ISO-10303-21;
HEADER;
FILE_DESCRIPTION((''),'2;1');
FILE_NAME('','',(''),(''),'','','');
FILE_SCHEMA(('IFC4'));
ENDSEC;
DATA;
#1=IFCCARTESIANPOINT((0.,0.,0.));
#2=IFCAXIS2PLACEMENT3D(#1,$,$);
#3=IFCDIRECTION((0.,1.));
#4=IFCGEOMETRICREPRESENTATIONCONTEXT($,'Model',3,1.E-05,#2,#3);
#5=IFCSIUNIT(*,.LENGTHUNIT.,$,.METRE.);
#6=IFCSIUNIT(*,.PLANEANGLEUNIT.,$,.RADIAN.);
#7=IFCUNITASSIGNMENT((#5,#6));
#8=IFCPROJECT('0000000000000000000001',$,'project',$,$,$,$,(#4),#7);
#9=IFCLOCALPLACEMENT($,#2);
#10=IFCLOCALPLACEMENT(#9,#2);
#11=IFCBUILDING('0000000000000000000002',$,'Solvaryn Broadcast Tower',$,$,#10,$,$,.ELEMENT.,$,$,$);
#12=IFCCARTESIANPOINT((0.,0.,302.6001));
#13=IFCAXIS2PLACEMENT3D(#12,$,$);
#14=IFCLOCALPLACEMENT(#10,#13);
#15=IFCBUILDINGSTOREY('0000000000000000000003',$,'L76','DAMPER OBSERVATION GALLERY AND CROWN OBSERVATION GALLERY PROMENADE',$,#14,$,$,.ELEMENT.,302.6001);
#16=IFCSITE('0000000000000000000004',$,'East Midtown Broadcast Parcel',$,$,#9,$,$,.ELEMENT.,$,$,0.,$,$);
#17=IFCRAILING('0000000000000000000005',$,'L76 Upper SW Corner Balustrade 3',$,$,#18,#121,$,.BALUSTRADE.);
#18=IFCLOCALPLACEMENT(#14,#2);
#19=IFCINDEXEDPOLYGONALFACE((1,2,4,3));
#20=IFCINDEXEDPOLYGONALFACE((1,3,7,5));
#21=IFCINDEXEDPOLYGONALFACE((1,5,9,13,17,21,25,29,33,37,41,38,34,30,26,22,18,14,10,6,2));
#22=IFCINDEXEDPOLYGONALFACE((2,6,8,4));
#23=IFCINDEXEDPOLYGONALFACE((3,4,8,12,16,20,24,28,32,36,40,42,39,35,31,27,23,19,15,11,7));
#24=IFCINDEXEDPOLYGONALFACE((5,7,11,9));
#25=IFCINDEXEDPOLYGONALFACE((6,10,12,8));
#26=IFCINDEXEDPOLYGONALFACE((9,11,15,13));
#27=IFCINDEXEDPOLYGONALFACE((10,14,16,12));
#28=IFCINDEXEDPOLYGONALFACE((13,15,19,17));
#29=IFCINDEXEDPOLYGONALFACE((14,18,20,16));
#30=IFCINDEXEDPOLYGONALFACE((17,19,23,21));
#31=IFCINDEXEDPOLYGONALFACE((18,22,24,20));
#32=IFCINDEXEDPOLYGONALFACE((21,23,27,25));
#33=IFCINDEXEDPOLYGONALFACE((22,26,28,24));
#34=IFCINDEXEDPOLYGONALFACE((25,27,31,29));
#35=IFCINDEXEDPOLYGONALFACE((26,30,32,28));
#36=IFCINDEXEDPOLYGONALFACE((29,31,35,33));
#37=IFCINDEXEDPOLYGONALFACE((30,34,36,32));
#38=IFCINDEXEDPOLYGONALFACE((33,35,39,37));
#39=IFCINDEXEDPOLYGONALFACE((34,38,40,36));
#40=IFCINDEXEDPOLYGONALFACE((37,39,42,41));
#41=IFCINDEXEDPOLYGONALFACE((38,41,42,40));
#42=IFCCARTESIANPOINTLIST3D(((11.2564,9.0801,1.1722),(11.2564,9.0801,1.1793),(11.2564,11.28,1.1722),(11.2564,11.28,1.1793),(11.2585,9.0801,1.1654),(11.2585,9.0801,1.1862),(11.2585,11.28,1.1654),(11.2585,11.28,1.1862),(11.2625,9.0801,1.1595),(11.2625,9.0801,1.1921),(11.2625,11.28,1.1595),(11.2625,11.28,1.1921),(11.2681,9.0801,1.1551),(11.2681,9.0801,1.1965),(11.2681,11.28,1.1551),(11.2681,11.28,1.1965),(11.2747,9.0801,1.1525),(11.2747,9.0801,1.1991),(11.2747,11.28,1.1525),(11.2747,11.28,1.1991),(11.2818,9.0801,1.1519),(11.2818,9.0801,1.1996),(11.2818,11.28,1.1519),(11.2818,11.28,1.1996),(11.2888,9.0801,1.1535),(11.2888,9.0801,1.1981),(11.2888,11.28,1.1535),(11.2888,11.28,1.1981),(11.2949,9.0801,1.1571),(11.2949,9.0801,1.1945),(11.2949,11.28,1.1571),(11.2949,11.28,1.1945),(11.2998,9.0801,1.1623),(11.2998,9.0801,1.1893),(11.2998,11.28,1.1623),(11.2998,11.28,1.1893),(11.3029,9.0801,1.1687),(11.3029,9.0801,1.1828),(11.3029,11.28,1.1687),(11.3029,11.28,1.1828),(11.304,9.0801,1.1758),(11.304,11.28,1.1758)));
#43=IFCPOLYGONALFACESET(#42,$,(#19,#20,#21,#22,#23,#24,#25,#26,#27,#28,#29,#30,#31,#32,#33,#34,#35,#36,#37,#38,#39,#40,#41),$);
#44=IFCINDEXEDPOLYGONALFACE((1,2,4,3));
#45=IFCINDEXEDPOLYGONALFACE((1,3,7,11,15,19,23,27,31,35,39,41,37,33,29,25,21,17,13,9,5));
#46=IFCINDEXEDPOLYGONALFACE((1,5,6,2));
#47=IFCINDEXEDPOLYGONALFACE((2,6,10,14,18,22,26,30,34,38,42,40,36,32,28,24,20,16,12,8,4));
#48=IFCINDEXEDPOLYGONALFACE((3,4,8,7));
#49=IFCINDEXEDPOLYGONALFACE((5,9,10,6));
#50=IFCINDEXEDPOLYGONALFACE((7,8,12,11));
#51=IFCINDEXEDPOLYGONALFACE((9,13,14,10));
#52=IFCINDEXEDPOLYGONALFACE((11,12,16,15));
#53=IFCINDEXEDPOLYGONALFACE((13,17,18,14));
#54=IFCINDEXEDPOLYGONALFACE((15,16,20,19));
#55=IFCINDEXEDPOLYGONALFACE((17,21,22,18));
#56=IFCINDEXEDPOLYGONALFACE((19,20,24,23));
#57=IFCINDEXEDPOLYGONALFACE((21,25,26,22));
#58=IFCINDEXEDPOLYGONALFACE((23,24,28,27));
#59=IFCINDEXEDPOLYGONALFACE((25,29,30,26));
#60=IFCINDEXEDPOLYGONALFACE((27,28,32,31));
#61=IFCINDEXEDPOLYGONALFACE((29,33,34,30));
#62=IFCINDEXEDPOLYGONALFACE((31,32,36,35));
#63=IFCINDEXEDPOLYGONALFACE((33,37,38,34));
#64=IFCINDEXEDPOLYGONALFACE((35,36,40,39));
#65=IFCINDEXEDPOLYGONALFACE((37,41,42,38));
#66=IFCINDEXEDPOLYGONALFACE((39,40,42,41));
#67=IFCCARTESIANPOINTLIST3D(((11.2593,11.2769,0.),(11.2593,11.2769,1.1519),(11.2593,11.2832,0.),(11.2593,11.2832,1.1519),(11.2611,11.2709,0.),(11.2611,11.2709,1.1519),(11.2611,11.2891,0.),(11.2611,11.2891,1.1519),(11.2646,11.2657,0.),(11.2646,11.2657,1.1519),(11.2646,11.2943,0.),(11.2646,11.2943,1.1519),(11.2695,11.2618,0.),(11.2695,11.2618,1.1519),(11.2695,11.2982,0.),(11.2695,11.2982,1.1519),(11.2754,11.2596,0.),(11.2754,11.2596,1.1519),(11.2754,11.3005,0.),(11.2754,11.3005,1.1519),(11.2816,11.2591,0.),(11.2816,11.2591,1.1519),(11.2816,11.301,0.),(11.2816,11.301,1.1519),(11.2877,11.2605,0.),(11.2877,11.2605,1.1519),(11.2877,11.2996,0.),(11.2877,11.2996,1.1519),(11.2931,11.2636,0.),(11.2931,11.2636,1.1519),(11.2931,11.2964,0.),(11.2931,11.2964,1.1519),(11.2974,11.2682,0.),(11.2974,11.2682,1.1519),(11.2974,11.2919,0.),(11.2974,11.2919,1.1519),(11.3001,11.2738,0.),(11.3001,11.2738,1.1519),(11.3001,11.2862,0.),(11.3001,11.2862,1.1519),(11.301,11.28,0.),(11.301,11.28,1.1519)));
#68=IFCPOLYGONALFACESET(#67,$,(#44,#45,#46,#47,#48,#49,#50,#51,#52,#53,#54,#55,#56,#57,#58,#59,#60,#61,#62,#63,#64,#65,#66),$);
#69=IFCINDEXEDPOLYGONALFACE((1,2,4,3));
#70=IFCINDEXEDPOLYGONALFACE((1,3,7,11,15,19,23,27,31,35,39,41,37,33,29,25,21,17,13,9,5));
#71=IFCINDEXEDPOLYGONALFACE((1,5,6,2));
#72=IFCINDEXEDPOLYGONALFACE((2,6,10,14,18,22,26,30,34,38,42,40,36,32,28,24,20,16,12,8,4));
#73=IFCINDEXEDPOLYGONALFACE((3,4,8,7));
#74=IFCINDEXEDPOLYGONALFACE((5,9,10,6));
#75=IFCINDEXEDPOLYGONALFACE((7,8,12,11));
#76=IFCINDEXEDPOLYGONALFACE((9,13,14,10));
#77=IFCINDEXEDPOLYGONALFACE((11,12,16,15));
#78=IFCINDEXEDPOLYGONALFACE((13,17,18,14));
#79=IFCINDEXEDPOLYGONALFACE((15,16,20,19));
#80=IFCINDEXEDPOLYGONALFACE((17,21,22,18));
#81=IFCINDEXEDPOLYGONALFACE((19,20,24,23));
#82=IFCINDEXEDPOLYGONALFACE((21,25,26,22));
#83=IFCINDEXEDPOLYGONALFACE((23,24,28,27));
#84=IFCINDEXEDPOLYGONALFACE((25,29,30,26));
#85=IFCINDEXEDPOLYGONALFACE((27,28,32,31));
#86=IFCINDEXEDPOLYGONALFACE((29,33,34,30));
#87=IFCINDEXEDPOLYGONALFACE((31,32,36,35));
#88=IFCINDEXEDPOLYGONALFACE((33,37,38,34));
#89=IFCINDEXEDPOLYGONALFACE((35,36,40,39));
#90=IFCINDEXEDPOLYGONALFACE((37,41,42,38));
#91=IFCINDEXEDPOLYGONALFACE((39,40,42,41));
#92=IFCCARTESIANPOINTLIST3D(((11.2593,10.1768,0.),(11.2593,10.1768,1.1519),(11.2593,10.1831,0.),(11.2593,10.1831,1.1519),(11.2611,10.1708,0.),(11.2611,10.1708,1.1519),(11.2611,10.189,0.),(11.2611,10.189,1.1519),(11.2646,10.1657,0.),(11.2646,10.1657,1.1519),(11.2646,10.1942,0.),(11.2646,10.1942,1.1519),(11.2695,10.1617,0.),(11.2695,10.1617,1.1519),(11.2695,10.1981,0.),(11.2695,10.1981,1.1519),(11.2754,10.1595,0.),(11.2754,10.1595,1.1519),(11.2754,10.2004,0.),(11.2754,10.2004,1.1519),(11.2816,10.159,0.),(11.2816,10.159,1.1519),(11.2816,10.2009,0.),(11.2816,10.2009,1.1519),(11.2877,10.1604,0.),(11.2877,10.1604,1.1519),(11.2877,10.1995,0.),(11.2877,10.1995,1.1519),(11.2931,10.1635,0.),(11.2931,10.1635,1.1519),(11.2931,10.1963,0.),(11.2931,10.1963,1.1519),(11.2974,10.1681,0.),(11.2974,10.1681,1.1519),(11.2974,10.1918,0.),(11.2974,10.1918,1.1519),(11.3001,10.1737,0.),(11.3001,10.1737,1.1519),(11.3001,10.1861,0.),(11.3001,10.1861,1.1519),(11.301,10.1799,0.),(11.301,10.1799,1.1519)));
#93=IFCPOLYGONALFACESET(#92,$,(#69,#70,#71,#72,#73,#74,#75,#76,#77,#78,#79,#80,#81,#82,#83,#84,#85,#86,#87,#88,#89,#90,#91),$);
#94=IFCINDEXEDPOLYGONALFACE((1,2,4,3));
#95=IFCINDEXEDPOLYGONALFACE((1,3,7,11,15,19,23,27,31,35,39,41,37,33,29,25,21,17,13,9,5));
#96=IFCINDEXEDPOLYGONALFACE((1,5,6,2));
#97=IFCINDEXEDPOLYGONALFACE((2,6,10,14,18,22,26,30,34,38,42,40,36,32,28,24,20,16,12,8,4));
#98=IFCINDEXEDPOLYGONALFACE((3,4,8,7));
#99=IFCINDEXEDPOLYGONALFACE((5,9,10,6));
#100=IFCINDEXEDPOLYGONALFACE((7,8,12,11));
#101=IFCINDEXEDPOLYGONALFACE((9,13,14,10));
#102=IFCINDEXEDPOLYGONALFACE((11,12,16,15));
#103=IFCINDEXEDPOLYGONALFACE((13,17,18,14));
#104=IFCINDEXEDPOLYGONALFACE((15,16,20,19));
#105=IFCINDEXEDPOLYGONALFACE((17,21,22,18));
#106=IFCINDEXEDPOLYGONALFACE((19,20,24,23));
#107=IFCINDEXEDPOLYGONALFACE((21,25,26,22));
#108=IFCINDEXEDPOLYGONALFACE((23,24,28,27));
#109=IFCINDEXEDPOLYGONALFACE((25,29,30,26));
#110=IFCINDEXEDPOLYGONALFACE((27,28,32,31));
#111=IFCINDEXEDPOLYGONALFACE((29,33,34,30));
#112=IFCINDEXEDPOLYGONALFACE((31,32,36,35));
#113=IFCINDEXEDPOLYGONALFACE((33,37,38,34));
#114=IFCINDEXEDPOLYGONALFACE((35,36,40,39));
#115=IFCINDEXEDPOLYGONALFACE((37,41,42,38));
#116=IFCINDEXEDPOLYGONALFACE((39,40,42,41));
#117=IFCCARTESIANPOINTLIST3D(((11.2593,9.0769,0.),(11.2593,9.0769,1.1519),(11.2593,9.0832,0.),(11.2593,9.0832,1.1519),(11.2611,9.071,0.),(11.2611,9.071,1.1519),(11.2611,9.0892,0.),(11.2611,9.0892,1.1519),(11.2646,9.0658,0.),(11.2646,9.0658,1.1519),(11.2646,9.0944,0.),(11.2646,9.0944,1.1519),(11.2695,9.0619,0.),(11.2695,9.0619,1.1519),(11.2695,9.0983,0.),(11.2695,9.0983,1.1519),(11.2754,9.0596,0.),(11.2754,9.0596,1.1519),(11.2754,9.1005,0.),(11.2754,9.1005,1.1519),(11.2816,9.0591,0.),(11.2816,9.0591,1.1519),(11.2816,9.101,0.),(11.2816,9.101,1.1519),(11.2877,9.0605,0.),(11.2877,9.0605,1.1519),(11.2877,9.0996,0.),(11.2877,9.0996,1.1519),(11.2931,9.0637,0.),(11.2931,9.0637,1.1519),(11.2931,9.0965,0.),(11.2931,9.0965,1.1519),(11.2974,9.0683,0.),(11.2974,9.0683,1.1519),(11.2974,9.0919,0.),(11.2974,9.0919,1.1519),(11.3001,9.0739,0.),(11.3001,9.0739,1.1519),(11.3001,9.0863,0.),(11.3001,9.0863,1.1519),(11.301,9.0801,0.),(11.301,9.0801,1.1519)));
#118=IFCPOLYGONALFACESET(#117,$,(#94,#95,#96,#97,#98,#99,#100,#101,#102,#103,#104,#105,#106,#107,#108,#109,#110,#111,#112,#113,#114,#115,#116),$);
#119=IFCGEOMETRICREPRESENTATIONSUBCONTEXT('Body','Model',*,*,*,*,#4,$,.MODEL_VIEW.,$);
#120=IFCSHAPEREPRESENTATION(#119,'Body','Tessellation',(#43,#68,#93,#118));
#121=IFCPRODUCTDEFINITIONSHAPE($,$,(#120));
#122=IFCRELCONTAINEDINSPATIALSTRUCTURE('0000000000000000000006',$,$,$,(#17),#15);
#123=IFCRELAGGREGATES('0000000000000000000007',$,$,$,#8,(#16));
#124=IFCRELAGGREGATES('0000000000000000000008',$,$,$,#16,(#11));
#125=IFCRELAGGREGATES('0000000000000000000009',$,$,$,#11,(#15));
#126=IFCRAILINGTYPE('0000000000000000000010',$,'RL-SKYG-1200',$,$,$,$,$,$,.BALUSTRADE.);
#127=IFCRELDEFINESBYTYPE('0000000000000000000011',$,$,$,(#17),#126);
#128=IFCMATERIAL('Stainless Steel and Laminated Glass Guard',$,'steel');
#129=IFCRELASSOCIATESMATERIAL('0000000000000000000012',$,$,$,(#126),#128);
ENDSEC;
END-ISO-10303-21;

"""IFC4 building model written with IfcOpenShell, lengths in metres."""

from ifc_helpers import new_model, si_unit, direction, frame, origin, origin_2d, place, context, subcontext, project, spatial, circle, extrude, material, type_object, element, save


model = new_model("IFC4")

# Units and contexts
model_context = context("Model", 3, precision=1e-05, world=origin(), true_north=direction((0.0, 1.0)))
body_context = subcontext(model_context, "Body", "Model", "MODEL_VIEW")
ifc_project = project(units=[si_unit("LENGTHUNIT", "METRE"), si_unit("PLANEANGLEUNIT", "RADIAN")], contexts=[model_context])

# Site, building, storey
site_placement = place(None, origin())
site = spatial("IfcSite", under=ifc_project, at=site_placement, Name="East Midtown Broadcast Parcel", CompositionType="ELEMENT", RefElevation=0.0)
building_placement = place(site_placement, origin())
building = spatial("IfcBuilding", under=site, at=building_placement, Name="Solvaryn Broadcast Tower", CompositionType="ELEMENT")
storey_placement = place(building_placement, frame((0.0, 0.0, 302.6001)))
storey = spatial("IfcBuildingStorey", under=building, at=storey_placement, Name="L76", Description="DAMPER OBSERVATION GALLERY AND CROWN OBSERVATION GALLERY PROMENADE", CompositionType="ELEMENT", Elevation=302.6001)

# Railing
ifc_material_1 = material(Name="Stainless Steel and Laminated Glass Guard", Category="steel")
railing_type = type_object("IfcRailingType", Name="RL-SKYG-1200", PredefinedType="BALUSTRADE", material=ifc_material_1)
railing_1_placement = place(storey_placement, frame((11.28, 11.28, 0.0)))
element("IfcRailing", 1, at=railing_1_placement, inside=storey, type_object=railing_type, Name="L76 Upper SW Corner Balustrade 3", PredefinedType="BALUSTRADE", context=body_context, shape_type="SweptSolid", body=[
    extrude(circle(Radius=0.0239, at=origin_2d()), frame((0.0, 0.0, 1.1758), z_axis=(0.0, -1.0, 0.0), x_axis=(1.0, 0.0, 0.0)), (0.0, 0.0, 1.0), 2.2),
    extrude(circle(Radius=0.021, at=origin_2d()), origin(), (0.0, 0.0, 1.0), 1.1519),
    extrude(circle(Radius=0.021, at=origin_2d()), frame((0.0, -1.1001, 0.0)), (0.0, 0.0, 1.0), 1.1519),
    extrude(circle(Radius=0.021, at=origin_2d()), frame((0.0, -2.2, 0.0)), (0.0, 0.0, 1.0), 1.1519),
])

save(model, "model.ifc")
